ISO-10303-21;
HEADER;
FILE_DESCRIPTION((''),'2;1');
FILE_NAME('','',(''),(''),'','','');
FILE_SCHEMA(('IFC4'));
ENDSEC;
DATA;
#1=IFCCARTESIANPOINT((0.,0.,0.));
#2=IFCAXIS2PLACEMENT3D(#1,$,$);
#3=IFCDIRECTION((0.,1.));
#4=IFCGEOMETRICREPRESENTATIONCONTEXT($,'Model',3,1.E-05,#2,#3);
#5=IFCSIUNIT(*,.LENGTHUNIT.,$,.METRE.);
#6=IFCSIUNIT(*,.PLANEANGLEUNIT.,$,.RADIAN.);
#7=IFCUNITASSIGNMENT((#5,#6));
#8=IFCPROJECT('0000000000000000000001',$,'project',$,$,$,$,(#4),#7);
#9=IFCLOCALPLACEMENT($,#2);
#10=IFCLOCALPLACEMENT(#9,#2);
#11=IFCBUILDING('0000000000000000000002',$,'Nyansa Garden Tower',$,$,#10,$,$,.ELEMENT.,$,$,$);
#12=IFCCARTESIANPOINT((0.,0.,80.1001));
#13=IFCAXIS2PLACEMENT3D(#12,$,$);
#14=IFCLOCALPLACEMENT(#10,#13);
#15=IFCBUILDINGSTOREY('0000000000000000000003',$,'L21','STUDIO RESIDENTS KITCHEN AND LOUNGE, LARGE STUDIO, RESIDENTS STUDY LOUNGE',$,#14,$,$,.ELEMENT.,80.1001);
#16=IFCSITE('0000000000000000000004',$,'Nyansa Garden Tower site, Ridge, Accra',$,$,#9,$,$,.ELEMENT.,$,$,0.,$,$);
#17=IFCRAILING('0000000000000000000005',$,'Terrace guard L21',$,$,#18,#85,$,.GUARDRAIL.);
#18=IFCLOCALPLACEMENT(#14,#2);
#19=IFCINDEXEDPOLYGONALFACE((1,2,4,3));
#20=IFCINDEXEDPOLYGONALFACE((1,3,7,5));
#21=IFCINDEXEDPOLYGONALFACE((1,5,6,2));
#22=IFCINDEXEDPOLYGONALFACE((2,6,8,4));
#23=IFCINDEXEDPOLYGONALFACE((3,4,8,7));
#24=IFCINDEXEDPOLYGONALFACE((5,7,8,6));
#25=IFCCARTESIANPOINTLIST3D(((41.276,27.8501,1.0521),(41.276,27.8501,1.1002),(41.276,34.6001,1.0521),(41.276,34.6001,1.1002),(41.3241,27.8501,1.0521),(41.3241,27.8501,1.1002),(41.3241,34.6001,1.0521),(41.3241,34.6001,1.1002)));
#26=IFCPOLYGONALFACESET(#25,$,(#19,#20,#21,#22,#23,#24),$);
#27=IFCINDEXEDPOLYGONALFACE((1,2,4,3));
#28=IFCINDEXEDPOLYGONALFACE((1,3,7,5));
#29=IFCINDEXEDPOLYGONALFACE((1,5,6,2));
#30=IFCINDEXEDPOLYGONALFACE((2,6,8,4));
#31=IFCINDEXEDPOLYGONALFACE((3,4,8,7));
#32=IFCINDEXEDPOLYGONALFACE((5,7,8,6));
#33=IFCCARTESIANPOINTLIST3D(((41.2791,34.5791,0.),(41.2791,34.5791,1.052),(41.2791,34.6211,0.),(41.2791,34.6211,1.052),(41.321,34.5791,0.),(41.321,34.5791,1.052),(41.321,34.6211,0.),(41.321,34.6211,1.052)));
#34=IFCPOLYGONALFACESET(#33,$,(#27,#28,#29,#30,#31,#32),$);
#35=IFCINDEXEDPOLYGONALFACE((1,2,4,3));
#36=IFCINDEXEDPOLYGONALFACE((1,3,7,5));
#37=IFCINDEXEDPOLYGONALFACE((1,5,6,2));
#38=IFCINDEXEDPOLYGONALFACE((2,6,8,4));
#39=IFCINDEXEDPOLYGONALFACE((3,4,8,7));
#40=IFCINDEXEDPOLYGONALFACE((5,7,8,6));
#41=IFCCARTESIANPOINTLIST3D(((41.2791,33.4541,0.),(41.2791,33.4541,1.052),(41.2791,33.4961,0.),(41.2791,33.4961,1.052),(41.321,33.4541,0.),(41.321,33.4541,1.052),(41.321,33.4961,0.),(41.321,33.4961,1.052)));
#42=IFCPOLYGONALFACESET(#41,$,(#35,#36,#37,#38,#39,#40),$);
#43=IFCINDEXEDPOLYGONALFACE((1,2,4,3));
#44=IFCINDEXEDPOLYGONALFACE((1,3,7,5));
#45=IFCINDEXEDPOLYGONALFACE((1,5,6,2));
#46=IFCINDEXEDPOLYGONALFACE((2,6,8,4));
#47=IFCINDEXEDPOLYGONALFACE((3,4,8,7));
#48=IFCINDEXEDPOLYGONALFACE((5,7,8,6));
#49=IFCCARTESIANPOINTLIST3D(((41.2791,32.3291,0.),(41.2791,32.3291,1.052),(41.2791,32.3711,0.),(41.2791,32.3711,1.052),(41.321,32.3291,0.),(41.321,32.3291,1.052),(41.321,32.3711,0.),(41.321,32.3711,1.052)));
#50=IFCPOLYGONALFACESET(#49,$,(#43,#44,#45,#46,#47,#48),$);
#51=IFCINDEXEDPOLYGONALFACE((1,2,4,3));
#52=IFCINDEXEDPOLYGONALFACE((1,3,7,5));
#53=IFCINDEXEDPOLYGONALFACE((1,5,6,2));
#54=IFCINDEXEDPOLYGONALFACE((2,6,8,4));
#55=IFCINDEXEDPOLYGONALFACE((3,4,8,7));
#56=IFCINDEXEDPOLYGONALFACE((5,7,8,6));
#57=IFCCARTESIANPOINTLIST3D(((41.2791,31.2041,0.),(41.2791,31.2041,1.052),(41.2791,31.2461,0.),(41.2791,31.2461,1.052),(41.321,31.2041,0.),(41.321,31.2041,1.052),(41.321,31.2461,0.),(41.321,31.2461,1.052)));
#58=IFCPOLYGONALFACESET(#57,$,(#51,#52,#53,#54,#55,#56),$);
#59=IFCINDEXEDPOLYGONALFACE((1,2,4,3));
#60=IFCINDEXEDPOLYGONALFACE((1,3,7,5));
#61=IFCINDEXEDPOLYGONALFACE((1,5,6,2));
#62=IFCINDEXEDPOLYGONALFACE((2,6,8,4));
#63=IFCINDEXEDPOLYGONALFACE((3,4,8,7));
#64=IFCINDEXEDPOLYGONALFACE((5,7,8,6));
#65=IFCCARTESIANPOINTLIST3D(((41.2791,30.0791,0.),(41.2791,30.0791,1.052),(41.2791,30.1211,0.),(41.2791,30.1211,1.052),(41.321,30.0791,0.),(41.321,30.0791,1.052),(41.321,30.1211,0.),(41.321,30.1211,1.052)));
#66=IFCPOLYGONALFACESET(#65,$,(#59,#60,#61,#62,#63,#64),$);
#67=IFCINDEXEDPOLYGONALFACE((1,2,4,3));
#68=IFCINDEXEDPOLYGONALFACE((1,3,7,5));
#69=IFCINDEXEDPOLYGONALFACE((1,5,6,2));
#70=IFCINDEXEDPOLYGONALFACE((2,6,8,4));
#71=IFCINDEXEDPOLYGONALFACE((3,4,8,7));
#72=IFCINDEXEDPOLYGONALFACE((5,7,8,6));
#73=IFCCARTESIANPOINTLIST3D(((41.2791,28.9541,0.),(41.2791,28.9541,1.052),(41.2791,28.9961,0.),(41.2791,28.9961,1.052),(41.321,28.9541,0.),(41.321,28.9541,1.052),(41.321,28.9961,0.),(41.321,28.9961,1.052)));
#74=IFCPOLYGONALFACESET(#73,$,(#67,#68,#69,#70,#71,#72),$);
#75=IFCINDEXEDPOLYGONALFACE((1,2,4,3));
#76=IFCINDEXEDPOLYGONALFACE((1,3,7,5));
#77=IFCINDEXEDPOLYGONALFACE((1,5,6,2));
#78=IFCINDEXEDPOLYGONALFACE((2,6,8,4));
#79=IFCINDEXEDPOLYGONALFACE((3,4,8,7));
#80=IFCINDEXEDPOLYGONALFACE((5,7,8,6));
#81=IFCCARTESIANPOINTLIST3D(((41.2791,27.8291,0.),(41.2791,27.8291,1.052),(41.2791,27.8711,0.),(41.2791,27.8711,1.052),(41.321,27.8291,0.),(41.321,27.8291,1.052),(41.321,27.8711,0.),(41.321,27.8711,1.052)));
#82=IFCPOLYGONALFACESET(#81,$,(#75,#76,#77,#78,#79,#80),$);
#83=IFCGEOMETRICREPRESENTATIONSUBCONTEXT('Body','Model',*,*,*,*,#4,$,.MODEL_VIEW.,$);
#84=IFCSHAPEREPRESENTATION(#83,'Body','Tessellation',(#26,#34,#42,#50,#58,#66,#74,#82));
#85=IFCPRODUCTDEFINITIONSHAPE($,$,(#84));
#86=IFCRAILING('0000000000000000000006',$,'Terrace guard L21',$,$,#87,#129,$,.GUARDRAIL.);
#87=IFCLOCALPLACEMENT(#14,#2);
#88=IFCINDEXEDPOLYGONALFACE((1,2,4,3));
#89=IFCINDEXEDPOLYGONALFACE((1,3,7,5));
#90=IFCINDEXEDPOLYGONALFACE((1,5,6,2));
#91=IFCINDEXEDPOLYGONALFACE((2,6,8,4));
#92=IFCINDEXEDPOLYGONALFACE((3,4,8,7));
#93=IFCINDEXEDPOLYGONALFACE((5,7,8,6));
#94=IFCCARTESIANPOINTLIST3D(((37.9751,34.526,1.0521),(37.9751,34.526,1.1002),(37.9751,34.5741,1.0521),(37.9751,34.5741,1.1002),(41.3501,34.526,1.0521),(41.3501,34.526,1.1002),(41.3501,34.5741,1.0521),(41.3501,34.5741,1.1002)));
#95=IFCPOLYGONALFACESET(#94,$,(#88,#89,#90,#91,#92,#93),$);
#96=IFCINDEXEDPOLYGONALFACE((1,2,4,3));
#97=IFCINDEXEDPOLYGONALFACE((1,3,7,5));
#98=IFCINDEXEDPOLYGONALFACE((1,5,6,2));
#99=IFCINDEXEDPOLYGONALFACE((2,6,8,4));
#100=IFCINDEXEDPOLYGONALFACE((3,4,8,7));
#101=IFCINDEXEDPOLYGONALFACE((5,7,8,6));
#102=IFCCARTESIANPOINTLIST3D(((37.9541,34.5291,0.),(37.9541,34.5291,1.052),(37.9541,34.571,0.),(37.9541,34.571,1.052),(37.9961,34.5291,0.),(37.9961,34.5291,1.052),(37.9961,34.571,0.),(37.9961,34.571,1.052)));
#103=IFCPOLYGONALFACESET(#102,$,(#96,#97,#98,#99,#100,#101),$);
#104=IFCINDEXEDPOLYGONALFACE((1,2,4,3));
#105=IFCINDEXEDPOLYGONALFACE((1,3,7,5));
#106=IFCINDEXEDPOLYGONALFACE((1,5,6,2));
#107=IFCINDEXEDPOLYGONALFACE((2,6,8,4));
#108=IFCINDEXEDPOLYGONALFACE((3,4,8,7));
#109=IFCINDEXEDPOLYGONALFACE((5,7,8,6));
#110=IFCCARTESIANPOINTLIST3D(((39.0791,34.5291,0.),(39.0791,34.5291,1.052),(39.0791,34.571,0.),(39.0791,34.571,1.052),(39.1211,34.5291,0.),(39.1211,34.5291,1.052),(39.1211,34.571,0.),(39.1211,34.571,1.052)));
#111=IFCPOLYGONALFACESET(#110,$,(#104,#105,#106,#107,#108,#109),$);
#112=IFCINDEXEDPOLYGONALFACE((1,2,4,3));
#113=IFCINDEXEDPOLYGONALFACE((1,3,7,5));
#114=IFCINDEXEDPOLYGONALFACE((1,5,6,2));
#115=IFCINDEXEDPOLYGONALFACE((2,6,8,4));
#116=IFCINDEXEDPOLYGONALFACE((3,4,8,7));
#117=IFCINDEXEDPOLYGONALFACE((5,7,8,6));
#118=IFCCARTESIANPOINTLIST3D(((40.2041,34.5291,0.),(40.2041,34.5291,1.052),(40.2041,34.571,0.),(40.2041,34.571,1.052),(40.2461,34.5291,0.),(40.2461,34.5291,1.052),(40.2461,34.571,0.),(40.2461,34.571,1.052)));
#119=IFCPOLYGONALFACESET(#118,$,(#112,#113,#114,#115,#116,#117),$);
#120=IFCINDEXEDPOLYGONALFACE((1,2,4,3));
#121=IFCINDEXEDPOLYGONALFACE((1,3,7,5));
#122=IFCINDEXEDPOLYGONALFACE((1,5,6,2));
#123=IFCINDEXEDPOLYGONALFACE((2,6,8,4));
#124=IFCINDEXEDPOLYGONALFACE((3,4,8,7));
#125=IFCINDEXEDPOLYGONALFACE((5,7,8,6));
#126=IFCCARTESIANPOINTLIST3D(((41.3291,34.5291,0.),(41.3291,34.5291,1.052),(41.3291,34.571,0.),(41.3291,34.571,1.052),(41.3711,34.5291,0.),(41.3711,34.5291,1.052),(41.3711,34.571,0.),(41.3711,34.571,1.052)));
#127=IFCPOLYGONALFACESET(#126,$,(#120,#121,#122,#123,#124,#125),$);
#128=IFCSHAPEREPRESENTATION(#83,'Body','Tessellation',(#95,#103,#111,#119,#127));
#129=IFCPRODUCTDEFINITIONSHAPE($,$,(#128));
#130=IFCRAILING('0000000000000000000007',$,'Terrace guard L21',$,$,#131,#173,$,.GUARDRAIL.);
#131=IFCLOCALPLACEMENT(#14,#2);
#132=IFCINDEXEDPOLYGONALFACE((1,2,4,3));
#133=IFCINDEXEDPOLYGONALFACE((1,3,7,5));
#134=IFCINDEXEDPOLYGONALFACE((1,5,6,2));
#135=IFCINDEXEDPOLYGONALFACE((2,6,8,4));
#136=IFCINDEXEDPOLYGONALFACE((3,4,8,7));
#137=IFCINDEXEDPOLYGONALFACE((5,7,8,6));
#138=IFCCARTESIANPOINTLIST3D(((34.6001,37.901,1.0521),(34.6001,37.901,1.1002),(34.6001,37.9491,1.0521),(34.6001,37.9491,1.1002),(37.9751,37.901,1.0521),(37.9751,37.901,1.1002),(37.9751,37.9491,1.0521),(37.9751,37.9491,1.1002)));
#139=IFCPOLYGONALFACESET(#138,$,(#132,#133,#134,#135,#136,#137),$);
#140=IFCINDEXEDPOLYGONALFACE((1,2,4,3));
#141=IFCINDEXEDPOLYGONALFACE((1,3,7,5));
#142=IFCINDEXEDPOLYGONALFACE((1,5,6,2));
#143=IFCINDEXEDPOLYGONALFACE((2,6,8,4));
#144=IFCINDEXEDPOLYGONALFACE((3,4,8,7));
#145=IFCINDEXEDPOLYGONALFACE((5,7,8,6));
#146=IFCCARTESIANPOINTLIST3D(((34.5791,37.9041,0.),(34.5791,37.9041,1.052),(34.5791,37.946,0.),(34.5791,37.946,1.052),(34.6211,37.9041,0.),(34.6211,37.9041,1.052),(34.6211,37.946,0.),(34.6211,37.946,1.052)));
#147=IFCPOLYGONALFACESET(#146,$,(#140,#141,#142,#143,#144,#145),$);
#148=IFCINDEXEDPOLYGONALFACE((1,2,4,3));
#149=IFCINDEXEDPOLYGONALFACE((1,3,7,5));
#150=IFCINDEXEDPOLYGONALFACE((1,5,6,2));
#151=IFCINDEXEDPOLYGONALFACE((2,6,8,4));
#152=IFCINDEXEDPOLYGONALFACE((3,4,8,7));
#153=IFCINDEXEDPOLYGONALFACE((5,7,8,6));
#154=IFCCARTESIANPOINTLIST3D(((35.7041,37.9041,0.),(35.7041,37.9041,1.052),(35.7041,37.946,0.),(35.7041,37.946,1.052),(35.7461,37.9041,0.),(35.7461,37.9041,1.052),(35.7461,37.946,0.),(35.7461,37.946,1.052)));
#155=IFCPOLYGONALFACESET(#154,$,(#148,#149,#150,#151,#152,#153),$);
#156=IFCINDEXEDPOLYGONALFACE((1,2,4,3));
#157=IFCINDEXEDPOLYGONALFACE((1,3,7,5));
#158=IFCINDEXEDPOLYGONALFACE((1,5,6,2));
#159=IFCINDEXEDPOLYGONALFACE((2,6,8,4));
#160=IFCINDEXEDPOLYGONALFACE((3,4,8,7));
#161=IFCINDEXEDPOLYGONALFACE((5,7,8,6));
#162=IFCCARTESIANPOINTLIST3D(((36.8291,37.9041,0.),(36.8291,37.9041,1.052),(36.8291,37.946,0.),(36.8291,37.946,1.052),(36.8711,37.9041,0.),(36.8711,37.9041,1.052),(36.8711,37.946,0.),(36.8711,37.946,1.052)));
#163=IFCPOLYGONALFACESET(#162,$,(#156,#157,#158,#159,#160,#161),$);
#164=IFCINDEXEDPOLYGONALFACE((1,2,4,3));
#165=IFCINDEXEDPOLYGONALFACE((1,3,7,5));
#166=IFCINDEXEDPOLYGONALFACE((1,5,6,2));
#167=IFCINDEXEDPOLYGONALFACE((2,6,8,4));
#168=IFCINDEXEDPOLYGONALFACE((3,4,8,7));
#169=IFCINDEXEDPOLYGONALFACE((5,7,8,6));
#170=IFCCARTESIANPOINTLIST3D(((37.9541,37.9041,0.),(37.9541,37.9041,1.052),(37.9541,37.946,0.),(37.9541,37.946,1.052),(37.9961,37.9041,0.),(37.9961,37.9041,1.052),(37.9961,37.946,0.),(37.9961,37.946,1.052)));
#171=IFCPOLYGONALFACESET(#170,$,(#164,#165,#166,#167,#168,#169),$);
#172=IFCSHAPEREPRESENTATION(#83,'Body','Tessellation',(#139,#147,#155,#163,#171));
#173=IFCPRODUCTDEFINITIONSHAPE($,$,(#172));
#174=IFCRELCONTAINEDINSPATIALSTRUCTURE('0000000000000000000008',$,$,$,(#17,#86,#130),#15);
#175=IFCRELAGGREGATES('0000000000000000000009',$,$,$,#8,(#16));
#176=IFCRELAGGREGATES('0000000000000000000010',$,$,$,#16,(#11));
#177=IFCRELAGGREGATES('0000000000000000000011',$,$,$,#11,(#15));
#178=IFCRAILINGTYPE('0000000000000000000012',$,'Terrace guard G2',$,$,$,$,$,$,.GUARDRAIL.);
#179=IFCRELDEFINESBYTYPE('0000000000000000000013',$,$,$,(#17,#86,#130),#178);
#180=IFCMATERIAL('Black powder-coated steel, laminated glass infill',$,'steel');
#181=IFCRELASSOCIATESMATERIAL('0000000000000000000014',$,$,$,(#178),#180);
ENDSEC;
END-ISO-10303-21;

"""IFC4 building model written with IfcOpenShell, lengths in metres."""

from ifc_helpers import new_model, si_unit, direction, frame, origin, origin_2d, place, context, subcontext, project, spatial, rectangle, extrude, material, type_object, element, save


model = new_model("IFC4")

# Units and contexts
model_context = context("Model", 3, precision=1e-05, world=origin(), true_north=direction((0.0, 1.0)))
body_context = subcontext(model_context, "Body", "Model", "MODEL_VIEW")
ifc_project = project(units=[si_unit("LENGTHUNIT", "METRE"), si_unit("PLANEANGLEUNIT", "RADIAN")], contexts=[model_context])

# Site, building, storey
site_placement = place(None, origin())
site = spatial("IfcSite", under=ifc_project, at=site_placement, Name="Nyansa Garden Tower site, Ridge, Accra", CompositionType="ELEMENT", RefElevation=0.0)
building_placement = place(site_placement, origin())
building = spatial("IfcBuilding", under=site, at=building_placement, Name="Nyansa Garden Tower", CompositionType="ELEMENT")
storey_placement = place(building_placement, frame((0.0, 0.0, 80.1001)))
storey = spatial("IfcBuildingStorey", under=building, at=storey_placement, Name="L21", Description="STUDIO RESIDENTS KITCHEN AND LOUNGE, LARGE STUDIO, RESIDENTS STUDY LOUNGE", CompositionType="ELEMENT", Elevation=80.1001)

# Railings
ifc_material_1 = material(Name="Black powder-coated steel, laminated glass infill", Category="steel")
railing_type = type_object("IfcRailingType", Name="Terrace guard G2", PredefinedType="GUARDRAIL", material=ifc_material_1)
railing_placement = place(storey_placement, frame((41.3, 34.6001, 0.0)))
element("IfcRailing", 1, at=railing_placement, inside=storey, type_object=railing_type, Name="Terrace guard L21", PredefinedType="GUARDRAIL", context=body_context, shape_type="SweptSolid", body=[
    extrude(rectangle(XDim=0.0481, YDim=0.0481, at=origin_2d()), frame((0.0, 0.0, 1.0762), z_axis=(0.0, -1.0, 0.0), x_axis=(1.0, 0.0, 0.0)), (0.0, 0.0, 1.0), 6.75),
    extrude(rectangle(XDim=0.042, YDim=0.042, at=origin_2d()), origin(), (0.0, 0.0, 1.0), 1.052),
    extrude(rectangle(XDim=0.042, YDim=0.042, at=origin_2d()), frame((0.0, -1.125, 0.0)), (0.0, 0.0, 1.0), 1.052),
    extrude(rectangle(XDim=0.042, YDim=0.042, at=origin_2d()), frame((0.0, -2.25, 0.0)), (0.0, 0.0, 1.0), 1.052),
    extrude(rectangle(XDim=0.042, YDim=0.042, at=origin_2d()), frame((0.0, -3.375, 0.0)), (0.0, 0.0, 1.0), 1.052),
    extrude(rectangle(XDim=0.042, YDim=0.042, at=origin_2d()), frame((0.0, -4.5, 0.0)), (0.0, 0.0, 1.0), 1.052),
    extrude(rectangle(XDim=0.042, YDim=0.042, at=origin_2d()), frame((0.0, -5.625, 0.0)), (0.0, 0.0, 1.0), 1.052),
    extrude(rectangle(XDim=0.042, YDim=0.042, at=origin_2d()), frame((0.0, -6.75, 0.0)), (0.0, 0.0, 1.0), 1.052),
])
for number, where, name in (
    (2, (37.9751, 34.55, 0.0), "Terrace guard L21"),
    (3, (34.6001, 37.925, 0.0), "Terrace guard L21"),
):
    element("IfcRailing", number, at=place(storey_placement, frame(where)), inside=storey, type_object=railing_type, Name=name, PredefinedType="GUARDRAIL", context=body_context, shape_type="SweptSolid", body=[
        extrude(rectangle(XDim=0.0481, YDim=0.0481, at=origin_2d()), frame((0.0, 0.0, 1.0762), z_axis=(1.0, 0.0, 0.0), x_axis=(0.0, 1.0, 0.0)), (0.0, 0.0, 1.0), 3.375),
        extrude(rectangle(XDim=0.042, YDim=0.042, at=origin_2d()), origin(), (0.0, 0.0, 1.0), 1.052),
        extrude(rectangle(XDim=0.042, YDim=0.042, at=origin_2d()), frame((1.125, 0.0, 0.0)), (0.0, 0.0, 1.0), 1.052),
        extrude(rectangle(XDim=0.042, YDim=0.042, at=origin_2d()), frame((2.25, 0.0, 0.0)), (0.0, 0.0, 1.0), 1.052),
        extrude(rectangle(XDim=0.042, YDim=0.042, at=origin_2d()), frame((3.375, 0.0, 0.0)), (0.0, 0.0, 1.0), 1.052),
    ])

save(model, "model.ifc")
